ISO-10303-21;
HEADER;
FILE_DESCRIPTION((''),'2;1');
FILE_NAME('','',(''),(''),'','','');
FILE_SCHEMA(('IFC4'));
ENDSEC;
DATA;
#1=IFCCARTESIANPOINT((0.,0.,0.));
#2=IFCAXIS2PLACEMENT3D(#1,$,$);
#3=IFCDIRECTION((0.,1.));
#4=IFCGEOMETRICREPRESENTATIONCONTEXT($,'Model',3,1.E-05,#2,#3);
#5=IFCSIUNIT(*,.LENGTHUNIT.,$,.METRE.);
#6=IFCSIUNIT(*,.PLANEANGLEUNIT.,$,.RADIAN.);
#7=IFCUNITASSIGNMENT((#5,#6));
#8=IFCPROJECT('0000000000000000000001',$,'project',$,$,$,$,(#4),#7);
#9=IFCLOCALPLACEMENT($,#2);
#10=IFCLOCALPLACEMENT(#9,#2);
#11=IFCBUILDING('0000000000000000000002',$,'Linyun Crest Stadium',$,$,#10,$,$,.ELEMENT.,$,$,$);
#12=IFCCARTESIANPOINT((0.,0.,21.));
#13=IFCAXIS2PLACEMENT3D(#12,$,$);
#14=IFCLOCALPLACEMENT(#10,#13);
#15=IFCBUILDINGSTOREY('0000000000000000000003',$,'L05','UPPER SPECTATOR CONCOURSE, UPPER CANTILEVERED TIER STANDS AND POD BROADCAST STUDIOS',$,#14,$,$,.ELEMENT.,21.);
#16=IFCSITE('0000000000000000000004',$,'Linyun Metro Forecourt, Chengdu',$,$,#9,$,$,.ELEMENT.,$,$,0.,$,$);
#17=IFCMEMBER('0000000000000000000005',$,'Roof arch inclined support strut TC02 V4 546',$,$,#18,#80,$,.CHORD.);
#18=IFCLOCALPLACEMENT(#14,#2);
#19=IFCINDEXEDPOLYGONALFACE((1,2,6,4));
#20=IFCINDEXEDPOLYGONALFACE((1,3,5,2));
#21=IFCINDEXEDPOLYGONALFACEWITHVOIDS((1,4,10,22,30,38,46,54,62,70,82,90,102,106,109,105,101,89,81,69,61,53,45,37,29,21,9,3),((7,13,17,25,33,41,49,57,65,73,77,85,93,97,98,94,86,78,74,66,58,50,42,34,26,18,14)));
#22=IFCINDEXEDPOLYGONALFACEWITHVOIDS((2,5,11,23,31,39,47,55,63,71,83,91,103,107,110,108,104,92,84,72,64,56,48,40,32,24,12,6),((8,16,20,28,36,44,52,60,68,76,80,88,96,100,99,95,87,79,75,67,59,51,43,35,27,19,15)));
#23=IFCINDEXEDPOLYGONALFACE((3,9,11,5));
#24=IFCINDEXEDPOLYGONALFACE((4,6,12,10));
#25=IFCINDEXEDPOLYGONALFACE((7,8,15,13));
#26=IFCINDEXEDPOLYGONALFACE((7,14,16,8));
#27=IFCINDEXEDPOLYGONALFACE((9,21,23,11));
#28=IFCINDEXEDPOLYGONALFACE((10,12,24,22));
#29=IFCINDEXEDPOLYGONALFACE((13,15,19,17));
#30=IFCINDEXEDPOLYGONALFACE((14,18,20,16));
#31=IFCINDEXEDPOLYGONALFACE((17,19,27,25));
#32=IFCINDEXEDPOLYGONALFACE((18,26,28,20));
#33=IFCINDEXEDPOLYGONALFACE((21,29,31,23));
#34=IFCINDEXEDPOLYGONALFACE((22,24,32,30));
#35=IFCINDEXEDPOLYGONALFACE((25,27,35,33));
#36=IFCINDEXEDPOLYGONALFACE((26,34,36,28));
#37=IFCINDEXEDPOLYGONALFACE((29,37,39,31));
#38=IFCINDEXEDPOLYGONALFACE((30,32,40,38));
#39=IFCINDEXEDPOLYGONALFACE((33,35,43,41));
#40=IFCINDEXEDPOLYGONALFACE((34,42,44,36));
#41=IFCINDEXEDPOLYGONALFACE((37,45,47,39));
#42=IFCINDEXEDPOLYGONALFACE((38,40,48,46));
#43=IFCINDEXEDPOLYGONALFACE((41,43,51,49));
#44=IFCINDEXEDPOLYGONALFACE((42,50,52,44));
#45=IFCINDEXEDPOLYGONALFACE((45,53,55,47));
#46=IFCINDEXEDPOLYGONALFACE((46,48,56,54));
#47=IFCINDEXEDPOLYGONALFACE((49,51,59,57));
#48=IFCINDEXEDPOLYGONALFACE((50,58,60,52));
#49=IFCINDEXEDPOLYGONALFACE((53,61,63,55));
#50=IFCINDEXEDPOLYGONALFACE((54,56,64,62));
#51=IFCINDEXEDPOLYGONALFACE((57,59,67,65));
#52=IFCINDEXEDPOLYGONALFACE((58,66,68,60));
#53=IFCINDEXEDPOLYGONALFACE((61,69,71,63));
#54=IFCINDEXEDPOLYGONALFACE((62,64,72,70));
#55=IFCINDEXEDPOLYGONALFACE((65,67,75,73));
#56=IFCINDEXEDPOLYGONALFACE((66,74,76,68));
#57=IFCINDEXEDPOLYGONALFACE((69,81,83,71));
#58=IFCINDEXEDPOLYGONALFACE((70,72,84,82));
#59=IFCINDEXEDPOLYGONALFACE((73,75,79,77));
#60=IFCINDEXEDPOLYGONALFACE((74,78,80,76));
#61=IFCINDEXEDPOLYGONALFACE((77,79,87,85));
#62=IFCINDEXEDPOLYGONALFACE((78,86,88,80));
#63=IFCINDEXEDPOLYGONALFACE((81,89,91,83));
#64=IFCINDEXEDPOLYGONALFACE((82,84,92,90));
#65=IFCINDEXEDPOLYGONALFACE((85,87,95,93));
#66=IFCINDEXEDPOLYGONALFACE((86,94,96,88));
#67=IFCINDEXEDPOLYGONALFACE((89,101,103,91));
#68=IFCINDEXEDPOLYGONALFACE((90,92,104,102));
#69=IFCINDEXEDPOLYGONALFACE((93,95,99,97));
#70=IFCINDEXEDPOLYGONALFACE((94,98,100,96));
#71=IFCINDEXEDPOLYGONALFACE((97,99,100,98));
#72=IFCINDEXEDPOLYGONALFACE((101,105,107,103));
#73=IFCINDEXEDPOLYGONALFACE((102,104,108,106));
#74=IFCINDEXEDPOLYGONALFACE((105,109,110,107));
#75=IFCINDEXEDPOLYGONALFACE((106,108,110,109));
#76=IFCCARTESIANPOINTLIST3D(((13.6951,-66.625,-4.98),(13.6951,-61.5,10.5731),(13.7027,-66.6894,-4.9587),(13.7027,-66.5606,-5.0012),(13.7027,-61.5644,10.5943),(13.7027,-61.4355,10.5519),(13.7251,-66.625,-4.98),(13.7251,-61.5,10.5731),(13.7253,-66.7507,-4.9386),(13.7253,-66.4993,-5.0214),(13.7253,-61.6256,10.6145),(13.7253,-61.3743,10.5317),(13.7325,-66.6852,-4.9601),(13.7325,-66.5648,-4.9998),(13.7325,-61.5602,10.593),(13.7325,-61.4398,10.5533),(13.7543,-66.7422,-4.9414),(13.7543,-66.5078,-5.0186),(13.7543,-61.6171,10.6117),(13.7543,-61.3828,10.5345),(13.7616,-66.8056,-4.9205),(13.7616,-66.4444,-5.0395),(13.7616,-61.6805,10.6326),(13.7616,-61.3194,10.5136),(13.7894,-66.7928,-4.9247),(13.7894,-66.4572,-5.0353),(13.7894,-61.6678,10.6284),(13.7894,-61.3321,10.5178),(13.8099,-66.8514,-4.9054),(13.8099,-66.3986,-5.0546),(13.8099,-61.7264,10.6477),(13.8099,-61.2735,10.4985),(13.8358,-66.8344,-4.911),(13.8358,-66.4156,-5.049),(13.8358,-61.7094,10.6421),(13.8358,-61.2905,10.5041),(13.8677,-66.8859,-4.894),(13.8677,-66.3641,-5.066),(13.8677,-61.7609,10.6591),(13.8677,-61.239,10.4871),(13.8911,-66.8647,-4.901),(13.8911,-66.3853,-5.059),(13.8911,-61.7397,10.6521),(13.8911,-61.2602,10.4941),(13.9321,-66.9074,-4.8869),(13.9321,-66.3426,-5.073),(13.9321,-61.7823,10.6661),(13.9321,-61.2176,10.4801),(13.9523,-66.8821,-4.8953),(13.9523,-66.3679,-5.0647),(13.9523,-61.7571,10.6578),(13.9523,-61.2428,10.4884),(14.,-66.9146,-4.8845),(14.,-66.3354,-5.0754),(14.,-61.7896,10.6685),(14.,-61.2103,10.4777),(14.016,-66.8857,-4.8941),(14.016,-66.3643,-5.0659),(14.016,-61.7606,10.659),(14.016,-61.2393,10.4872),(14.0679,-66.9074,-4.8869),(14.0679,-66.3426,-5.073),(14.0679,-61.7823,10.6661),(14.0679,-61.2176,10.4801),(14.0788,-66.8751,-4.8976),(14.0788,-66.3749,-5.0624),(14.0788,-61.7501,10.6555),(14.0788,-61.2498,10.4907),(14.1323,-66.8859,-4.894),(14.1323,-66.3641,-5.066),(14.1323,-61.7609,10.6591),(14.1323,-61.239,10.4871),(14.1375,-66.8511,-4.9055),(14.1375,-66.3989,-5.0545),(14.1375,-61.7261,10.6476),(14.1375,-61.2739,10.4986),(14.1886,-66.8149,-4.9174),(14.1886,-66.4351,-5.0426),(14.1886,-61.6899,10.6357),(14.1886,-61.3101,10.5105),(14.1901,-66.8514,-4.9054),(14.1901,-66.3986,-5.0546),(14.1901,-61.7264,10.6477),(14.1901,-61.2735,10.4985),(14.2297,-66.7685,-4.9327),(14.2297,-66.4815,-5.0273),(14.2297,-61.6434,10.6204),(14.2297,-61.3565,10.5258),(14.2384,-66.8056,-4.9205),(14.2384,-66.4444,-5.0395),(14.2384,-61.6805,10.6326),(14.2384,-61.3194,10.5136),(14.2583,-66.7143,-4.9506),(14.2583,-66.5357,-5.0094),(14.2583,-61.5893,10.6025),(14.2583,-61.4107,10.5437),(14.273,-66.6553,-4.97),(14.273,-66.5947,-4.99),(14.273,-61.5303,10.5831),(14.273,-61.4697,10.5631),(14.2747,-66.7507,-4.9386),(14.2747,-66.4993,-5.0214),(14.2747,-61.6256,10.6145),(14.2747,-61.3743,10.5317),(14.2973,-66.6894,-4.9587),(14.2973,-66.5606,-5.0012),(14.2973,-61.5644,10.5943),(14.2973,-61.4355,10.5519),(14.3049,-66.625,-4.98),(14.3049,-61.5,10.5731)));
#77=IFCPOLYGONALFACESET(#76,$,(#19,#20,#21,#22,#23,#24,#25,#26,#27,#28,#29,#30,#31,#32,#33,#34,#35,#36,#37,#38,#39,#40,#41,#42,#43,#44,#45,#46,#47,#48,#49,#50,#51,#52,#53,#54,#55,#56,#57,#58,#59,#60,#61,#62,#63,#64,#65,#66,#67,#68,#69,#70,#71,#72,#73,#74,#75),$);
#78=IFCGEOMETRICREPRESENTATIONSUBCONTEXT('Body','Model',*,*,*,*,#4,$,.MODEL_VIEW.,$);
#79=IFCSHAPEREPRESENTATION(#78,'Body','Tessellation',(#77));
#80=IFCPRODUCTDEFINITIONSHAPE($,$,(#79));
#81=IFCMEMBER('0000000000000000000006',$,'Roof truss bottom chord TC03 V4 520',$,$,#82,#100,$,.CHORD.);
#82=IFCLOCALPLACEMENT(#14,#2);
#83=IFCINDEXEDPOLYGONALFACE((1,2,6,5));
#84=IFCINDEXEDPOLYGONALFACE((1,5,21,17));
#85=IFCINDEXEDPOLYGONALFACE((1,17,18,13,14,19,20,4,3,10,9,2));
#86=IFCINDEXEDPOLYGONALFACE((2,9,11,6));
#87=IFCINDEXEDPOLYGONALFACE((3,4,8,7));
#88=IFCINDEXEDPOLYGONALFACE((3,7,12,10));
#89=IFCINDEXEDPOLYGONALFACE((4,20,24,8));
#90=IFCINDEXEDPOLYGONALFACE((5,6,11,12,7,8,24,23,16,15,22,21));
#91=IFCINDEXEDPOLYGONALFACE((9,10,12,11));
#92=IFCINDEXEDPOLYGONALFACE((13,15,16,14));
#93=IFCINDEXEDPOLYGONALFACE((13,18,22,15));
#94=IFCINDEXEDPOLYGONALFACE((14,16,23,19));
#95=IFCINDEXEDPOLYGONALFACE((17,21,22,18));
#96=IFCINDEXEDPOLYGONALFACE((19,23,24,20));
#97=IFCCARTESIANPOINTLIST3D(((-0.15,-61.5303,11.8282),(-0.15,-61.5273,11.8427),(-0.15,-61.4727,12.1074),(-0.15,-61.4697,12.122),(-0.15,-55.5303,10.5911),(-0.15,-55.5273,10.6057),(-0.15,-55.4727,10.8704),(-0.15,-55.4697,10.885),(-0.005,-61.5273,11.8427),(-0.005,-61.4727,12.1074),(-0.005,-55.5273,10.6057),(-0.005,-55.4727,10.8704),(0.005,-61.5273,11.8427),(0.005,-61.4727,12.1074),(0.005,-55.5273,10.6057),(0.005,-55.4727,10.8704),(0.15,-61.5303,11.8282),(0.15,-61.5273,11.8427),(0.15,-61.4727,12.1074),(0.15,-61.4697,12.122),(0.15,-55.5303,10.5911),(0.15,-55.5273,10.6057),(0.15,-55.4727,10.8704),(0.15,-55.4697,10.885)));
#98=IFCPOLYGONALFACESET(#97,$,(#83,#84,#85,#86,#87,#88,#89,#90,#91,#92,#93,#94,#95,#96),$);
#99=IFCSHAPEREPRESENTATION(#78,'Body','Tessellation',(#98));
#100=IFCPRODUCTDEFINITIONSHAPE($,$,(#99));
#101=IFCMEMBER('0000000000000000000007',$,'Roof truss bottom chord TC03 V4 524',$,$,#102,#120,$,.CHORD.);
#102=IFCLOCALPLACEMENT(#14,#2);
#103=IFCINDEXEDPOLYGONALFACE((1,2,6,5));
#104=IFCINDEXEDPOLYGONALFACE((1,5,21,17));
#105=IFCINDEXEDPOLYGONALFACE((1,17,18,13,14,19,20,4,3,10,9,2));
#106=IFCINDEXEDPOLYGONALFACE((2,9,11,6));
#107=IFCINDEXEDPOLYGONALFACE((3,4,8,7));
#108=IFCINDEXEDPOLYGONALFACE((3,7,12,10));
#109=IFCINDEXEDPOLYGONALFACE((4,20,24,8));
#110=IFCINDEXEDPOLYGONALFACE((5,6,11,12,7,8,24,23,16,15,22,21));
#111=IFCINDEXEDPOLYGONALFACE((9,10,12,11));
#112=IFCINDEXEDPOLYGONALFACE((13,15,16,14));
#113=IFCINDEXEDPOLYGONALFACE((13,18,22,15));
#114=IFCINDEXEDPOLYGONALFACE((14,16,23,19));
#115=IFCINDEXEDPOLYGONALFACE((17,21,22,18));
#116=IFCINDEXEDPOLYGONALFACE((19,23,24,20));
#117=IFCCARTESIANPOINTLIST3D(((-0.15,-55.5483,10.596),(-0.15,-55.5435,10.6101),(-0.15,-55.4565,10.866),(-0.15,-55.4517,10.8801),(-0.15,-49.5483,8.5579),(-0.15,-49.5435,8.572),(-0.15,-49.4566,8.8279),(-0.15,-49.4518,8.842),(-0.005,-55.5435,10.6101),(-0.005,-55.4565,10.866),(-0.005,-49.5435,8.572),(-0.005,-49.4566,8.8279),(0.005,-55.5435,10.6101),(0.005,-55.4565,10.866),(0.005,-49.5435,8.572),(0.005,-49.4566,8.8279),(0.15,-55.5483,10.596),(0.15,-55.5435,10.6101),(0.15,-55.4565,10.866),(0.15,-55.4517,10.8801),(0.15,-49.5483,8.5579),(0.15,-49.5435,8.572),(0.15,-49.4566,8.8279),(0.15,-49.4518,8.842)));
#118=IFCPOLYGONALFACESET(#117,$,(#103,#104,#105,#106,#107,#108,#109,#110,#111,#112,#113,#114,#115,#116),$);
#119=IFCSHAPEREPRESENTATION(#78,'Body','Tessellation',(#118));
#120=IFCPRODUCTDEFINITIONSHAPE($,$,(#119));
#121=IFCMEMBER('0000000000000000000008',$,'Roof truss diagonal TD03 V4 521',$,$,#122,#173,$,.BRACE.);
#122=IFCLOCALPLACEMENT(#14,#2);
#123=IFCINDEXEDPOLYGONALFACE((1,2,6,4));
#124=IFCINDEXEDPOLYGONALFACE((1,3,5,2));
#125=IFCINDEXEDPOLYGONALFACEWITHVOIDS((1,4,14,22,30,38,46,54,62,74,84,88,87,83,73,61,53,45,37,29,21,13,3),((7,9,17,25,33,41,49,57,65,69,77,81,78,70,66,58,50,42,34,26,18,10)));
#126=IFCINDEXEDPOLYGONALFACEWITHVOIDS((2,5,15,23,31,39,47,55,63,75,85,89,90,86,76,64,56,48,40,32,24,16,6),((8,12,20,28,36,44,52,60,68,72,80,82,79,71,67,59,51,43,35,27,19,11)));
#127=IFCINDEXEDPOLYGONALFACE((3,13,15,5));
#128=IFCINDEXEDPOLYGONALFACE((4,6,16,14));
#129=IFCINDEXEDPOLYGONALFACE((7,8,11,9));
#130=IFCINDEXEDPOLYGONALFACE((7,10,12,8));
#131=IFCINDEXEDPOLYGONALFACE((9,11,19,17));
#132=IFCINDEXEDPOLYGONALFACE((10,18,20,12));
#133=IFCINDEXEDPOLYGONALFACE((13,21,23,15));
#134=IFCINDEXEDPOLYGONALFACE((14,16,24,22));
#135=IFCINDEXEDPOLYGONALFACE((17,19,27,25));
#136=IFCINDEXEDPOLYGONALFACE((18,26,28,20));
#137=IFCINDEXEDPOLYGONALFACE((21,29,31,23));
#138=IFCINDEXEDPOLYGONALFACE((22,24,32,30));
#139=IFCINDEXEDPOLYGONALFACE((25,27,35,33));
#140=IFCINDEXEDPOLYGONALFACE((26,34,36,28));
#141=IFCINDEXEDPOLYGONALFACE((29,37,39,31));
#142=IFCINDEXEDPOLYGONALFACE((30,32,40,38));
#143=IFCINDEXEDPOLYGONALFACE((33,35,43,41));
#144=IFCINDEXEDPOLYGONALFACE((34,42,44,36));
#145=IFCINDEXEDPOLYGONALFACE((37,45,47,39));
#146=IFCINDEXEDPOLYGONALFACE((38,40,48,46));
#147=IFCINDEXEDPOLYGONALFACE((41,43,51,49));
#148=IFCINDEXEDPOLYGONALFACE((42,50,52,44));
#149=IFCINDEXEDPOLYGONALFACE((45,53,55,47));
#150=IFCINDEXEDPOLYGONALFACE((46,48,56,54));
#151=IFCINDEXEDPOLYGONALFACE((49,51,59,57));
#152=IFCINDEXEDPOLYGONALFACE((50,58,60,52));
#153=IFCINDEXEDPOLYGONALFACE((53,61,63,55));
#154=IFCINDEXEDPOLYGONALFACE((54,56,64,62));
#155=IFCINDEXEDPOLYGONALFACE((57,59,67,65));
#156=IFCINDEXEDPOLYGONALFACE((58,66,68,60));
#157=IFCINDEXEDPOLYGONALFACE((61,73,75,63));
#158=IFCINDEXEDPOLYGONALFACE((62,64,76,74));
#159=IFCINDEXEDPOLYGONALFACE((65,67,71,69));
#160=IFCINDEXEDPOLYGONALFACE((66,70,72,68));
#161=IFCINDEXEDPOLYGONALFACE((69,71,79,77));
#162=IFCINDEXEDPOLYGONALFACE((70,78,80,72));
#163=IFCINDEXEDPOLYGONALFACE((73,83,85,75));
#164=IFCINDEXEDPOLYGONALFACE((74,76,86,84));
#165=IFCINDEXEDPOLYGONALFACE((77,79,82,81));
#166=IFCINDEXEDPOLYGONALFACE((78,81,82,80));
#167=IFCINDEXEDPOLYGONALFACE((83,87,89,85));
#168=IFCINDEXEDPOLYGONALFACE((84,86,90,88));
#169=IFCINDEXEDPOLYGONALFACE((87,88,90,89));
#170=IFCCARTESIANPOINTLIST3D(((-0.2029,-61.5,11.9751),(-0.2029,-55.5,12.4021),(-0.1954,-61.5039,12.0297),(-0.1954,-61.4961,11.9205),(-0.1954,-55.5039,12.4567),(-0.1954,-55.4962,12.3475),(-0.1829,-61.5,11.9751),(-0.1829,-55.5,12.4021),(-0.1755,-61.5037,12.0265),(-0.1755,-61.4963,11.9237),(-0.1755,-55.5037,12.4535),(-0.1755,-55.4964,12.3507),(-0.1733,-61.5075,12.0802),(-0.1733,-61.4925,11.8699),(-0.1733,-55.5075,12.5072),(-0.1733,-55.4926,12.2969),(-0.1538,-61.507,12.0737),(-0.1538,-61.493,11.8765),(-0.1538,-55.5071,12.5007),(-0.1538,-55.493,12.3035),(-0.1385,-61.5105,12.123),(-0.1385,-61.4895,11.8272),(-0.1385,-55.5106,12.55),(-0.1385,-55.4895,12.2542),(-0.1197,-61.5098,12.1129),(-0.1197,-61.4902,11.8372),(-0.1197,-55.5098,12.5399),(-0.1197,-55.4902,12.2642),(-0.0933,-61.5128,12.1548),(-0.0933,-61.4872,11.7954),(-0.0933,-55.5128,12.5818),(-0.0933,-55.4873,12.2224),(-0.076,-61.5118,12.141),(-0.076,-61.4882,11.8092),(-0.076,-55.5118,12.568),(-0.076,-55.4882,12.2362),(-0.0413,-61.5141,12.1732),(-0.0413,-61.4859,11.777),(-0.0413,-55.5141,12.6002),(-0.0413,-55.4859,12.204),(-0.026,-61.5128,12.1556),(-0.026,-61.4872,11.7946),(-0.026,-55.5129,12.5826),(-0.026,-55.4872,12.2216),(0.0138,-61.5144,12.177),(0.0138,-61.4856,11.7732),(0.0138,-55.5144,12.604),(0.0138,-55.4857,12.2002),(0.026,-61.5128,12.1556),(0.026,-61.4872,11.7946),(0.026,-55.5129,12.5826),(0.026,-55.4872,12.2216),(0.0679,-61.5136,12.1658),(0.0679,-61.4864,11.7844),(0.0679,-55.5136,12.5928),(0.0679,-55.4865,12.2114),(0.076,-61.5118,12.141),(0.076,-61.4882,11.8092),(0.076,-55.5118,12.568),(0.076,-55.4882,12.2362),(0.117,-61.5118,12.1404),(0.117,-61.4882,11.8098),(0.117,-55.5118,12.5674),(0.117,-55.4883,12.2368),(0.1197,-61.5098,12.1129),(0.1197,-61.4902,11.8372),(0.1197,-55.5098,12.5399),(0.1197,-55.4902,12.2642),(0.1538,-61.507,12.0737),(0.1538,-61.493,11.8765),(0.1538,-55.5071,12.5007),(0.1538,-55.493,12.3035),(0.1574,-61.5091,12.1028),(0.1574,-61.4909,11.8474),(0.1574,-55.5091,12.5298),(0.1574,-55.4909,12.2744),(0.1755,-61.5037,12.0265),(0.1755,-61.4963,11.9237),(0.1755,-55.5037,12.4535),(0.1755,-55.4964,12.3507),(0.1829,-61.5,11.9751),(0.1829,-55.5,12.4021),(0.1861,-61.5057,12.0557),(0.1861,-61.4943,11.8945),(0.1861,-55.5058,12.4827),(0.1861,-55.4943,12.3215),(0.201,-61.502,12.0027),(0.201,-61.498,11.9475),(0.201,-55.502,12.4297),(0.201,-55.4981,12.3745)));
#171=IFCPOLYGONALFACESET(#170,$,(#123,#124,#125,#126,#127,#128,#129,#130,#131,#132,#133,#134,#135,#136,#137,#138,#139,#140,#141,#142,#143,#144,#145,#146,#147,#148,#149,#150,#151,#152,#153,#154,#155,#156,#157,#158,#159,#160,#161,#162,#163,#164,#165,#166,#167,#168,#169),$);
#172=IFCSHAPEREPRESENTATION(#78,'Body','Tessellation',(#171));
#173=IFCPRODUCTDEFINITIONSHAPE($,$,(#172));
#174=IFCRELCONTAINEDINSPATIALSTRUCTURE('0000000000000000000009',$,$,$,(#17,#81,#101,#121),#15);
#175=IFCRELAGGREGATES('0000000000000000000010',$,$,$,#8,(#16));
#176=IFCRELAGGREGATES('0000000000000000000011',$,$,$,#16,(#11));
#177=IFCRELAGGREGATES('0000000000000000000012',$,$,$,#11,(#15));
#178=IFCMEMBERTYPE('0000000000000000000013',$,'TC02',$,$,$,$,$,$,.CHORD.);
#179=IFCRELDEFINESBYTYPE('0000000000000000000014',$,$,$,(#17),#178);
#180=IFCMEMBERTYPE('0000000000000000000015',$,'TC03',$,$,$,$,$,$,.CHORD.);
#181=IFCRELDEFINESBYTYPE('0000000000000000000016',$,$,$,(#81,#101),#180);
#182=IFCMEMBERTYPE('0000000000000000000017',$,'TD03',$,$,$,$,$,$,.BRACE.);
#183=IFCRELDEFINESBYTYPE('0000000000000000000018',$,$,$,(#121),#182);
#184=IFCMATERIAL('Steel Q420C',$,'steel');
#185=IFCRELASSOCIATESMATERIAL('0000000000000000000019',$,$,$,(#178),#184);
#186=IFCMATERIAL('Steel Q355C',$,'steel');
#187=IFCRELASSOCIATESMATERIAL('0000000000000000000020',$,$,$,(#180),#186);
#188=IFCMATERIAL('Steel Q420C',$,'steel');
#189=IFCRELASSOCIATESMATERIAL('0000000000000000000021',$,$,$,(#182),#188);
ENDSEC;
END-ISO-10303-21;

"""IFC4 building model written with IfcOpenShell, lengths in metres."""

from ifc_helpers import new_model, si_unit, direction, frame, origin, origin_2d, place, context, subcontext, project, spatial, hollow_circle, i_section, extrude, material, material_profile, profile_set, type_object, element, save


model = new_model("IFC4")

# Units and contexts
model_context = context("Model", 3, precision=1e-05, world=origin(), true_north=direction((0.0, 1.0)))
body_context = subcontext(model_context, "Body", "Model", "MODEL_VIEW")
ifc_project = project(units=[si_unit("LENGTHUNIT", "METRE"), si_unit("PLANEANGLEUNIT", "RADIAN")], contexts=[model_context])

# Site, building, storey
site_placement = place(None, origin())
site = spatial("IfcSite", under=ifc_project, at=site_placement, Name="Linyun Metro Forecourt, Chengdu", CompositionType="ELEMENT", RefElevation=0.0)
building_placement = place(site_placement, origin())
building = spatial("IfcBuilding", under=site, at=building_placement, Name="Linyun Crest Stadium", CompositionType="ELEMENT")
storey_placement = place(building_placement, frame((0.0, 0.0, 21.0)))
storey = spatial("IfcBuildingStorey", under=building, at=storey_placement, Name="L05", Description="UPPER SPECTATOR CONCOURSE, UPPER CANTILEVERED TIER STANDS AND POD BROADCAST STUDIOS", CompositionType="ELEMENT", Elevation=21.0)

# Members
ifc_material_1 = material(Name="Steel Q420C", Category="steel")
ifc_material_profile_1 = material_profile(ifc_material_1, hollow_circle(Radius=0.3049, WallThickness=0.03, at=origin_2d()), Name="CHS 610x30")
ifc_profile_set_1 = profile_set([ifc_material_profile_1], Name="Steel Q420C")
member_type_1 = type_object("IfcMemberType", Name="TC02", PredefinedType="CHORD", material=ifc_profile_set_1)
member_1_placement = place(storey_placement, frame((14.0, -66.625, -4.98), z_axis=(0.0, 0.312965, 0.949765), x_axis=(-1.0, 0.0, 0.0)))
element("IfcMember", 1, at=member_1_placement, inside=storey, type_object=member_type_1, Name="Roof arch inclined support strut TC02 V4 546", PredefinedType="CHORD", context=body_context, shape_type="SweptSolid", body=[
    extrude(hollow_circle(Radius=0.3049, WallThickness=0.03, at=origin_2d()), origin(), (0.0, 0.0, 1.0), 16.3757),
])
ifc_material_2 = material(Name="Steel Q355C", Category="steel")
ifc_material_profile_2 = material_profile(ifc_material_2, i_section(OverallWidth=0.3, OverallDepth=0.3, WebThickness=0.01, FlangeThickness=0.0149, at=origin_2d()), Name="HW 300x300")
ifc_profile_set_2 = profile_set([ifc_material_profile_2], Name="Steel Q355C")
member_type_2 = type_object("IfcMemberType", Name="TC03", PredefinedType="CHORD", material=ifc_profile_set_2)
member_2_placement = place(storey_placement, frame((0.0, -61.5, 11.9751), z_axis=(0.0, 0.9794, -0.20193), x_axis=(-1.0, 0.0, 0.0)))
element("IfcMember", 2, at=member_2_placement, inside=storey, type_object=member_type_2, Name="Roof truss bottom chord TC03 V4 520", PredefinedType="CHORD", context=body_context, shape_type="SweptSolid", body=[
    extrude(i_section(OverallWidth=0.3, OverallDepth=0.3, WebThickness=0.01, FlangeThickness=0.0149, at=origin_2d()), origin(), (0.0, 0.0, 1.0), 6.1262),
])
member_3_placement = place(storey_placement, frame((0.0, -55.5, 10.738), z_axis=(0.0, 0.946865, -0.321632), x_axis=(-1.0, 0.0, 0.0)))
element("IfcMember", 3, at=member_3_placement, inside=storey, type_object=member_type_2, Name="Roof truss bottom chord TC03 V4 524", PredefinedType="CHORD", context=body_context, shape_type="SweptSolid", body=[
    extrude(i_section(OverallWidth=0.3, OverallDepth=0.3, WebThickness=0.01, FlangeThickness=0.0149, at=origin_2d()), origin(), (0.0, 0.0, 1.0), 6.3367),
])
ifc_material_3 = material(Name="Steel Q420C", Category="steel")
ifc_material_profile_3 = material_profile(ifc_material_3, hollow_circle(Radius=0.2029, WallThickness=0.02, at=origin_2d()), Name="CHS 406x20")
ifc_profile_set_3 = profile_set([ifc_material_profile_3], Name="Steel Q420C")
member_type_3 = type_object("IfcMemberType", Name="TD03", PredefinedType="BRACE", material=ifc_profile_set_3)
member_4_placement = place(storey_placement, frame((0.0, -61.5, 11.9751), z_axis=(0.0, 0.997477, 0.070987), x_axis=(-1.0, 0.0, 0.0)))
element("IfcMember", 4, at=member_4_placement, inside=storey, type_object=member_type_3, Name="Roof truss diagonal TD03 V4 521", PredefinedType="BRACE", context=body_context, shape_type="SweptSolid", body=[
    extrude(hollow_circle(Radius=0.2029, WallThickness=0.02, at=origin_2d()), origin(), (0.0, 0.0, 1.0), 6.0151),
])

save(model, "model.ifc")
